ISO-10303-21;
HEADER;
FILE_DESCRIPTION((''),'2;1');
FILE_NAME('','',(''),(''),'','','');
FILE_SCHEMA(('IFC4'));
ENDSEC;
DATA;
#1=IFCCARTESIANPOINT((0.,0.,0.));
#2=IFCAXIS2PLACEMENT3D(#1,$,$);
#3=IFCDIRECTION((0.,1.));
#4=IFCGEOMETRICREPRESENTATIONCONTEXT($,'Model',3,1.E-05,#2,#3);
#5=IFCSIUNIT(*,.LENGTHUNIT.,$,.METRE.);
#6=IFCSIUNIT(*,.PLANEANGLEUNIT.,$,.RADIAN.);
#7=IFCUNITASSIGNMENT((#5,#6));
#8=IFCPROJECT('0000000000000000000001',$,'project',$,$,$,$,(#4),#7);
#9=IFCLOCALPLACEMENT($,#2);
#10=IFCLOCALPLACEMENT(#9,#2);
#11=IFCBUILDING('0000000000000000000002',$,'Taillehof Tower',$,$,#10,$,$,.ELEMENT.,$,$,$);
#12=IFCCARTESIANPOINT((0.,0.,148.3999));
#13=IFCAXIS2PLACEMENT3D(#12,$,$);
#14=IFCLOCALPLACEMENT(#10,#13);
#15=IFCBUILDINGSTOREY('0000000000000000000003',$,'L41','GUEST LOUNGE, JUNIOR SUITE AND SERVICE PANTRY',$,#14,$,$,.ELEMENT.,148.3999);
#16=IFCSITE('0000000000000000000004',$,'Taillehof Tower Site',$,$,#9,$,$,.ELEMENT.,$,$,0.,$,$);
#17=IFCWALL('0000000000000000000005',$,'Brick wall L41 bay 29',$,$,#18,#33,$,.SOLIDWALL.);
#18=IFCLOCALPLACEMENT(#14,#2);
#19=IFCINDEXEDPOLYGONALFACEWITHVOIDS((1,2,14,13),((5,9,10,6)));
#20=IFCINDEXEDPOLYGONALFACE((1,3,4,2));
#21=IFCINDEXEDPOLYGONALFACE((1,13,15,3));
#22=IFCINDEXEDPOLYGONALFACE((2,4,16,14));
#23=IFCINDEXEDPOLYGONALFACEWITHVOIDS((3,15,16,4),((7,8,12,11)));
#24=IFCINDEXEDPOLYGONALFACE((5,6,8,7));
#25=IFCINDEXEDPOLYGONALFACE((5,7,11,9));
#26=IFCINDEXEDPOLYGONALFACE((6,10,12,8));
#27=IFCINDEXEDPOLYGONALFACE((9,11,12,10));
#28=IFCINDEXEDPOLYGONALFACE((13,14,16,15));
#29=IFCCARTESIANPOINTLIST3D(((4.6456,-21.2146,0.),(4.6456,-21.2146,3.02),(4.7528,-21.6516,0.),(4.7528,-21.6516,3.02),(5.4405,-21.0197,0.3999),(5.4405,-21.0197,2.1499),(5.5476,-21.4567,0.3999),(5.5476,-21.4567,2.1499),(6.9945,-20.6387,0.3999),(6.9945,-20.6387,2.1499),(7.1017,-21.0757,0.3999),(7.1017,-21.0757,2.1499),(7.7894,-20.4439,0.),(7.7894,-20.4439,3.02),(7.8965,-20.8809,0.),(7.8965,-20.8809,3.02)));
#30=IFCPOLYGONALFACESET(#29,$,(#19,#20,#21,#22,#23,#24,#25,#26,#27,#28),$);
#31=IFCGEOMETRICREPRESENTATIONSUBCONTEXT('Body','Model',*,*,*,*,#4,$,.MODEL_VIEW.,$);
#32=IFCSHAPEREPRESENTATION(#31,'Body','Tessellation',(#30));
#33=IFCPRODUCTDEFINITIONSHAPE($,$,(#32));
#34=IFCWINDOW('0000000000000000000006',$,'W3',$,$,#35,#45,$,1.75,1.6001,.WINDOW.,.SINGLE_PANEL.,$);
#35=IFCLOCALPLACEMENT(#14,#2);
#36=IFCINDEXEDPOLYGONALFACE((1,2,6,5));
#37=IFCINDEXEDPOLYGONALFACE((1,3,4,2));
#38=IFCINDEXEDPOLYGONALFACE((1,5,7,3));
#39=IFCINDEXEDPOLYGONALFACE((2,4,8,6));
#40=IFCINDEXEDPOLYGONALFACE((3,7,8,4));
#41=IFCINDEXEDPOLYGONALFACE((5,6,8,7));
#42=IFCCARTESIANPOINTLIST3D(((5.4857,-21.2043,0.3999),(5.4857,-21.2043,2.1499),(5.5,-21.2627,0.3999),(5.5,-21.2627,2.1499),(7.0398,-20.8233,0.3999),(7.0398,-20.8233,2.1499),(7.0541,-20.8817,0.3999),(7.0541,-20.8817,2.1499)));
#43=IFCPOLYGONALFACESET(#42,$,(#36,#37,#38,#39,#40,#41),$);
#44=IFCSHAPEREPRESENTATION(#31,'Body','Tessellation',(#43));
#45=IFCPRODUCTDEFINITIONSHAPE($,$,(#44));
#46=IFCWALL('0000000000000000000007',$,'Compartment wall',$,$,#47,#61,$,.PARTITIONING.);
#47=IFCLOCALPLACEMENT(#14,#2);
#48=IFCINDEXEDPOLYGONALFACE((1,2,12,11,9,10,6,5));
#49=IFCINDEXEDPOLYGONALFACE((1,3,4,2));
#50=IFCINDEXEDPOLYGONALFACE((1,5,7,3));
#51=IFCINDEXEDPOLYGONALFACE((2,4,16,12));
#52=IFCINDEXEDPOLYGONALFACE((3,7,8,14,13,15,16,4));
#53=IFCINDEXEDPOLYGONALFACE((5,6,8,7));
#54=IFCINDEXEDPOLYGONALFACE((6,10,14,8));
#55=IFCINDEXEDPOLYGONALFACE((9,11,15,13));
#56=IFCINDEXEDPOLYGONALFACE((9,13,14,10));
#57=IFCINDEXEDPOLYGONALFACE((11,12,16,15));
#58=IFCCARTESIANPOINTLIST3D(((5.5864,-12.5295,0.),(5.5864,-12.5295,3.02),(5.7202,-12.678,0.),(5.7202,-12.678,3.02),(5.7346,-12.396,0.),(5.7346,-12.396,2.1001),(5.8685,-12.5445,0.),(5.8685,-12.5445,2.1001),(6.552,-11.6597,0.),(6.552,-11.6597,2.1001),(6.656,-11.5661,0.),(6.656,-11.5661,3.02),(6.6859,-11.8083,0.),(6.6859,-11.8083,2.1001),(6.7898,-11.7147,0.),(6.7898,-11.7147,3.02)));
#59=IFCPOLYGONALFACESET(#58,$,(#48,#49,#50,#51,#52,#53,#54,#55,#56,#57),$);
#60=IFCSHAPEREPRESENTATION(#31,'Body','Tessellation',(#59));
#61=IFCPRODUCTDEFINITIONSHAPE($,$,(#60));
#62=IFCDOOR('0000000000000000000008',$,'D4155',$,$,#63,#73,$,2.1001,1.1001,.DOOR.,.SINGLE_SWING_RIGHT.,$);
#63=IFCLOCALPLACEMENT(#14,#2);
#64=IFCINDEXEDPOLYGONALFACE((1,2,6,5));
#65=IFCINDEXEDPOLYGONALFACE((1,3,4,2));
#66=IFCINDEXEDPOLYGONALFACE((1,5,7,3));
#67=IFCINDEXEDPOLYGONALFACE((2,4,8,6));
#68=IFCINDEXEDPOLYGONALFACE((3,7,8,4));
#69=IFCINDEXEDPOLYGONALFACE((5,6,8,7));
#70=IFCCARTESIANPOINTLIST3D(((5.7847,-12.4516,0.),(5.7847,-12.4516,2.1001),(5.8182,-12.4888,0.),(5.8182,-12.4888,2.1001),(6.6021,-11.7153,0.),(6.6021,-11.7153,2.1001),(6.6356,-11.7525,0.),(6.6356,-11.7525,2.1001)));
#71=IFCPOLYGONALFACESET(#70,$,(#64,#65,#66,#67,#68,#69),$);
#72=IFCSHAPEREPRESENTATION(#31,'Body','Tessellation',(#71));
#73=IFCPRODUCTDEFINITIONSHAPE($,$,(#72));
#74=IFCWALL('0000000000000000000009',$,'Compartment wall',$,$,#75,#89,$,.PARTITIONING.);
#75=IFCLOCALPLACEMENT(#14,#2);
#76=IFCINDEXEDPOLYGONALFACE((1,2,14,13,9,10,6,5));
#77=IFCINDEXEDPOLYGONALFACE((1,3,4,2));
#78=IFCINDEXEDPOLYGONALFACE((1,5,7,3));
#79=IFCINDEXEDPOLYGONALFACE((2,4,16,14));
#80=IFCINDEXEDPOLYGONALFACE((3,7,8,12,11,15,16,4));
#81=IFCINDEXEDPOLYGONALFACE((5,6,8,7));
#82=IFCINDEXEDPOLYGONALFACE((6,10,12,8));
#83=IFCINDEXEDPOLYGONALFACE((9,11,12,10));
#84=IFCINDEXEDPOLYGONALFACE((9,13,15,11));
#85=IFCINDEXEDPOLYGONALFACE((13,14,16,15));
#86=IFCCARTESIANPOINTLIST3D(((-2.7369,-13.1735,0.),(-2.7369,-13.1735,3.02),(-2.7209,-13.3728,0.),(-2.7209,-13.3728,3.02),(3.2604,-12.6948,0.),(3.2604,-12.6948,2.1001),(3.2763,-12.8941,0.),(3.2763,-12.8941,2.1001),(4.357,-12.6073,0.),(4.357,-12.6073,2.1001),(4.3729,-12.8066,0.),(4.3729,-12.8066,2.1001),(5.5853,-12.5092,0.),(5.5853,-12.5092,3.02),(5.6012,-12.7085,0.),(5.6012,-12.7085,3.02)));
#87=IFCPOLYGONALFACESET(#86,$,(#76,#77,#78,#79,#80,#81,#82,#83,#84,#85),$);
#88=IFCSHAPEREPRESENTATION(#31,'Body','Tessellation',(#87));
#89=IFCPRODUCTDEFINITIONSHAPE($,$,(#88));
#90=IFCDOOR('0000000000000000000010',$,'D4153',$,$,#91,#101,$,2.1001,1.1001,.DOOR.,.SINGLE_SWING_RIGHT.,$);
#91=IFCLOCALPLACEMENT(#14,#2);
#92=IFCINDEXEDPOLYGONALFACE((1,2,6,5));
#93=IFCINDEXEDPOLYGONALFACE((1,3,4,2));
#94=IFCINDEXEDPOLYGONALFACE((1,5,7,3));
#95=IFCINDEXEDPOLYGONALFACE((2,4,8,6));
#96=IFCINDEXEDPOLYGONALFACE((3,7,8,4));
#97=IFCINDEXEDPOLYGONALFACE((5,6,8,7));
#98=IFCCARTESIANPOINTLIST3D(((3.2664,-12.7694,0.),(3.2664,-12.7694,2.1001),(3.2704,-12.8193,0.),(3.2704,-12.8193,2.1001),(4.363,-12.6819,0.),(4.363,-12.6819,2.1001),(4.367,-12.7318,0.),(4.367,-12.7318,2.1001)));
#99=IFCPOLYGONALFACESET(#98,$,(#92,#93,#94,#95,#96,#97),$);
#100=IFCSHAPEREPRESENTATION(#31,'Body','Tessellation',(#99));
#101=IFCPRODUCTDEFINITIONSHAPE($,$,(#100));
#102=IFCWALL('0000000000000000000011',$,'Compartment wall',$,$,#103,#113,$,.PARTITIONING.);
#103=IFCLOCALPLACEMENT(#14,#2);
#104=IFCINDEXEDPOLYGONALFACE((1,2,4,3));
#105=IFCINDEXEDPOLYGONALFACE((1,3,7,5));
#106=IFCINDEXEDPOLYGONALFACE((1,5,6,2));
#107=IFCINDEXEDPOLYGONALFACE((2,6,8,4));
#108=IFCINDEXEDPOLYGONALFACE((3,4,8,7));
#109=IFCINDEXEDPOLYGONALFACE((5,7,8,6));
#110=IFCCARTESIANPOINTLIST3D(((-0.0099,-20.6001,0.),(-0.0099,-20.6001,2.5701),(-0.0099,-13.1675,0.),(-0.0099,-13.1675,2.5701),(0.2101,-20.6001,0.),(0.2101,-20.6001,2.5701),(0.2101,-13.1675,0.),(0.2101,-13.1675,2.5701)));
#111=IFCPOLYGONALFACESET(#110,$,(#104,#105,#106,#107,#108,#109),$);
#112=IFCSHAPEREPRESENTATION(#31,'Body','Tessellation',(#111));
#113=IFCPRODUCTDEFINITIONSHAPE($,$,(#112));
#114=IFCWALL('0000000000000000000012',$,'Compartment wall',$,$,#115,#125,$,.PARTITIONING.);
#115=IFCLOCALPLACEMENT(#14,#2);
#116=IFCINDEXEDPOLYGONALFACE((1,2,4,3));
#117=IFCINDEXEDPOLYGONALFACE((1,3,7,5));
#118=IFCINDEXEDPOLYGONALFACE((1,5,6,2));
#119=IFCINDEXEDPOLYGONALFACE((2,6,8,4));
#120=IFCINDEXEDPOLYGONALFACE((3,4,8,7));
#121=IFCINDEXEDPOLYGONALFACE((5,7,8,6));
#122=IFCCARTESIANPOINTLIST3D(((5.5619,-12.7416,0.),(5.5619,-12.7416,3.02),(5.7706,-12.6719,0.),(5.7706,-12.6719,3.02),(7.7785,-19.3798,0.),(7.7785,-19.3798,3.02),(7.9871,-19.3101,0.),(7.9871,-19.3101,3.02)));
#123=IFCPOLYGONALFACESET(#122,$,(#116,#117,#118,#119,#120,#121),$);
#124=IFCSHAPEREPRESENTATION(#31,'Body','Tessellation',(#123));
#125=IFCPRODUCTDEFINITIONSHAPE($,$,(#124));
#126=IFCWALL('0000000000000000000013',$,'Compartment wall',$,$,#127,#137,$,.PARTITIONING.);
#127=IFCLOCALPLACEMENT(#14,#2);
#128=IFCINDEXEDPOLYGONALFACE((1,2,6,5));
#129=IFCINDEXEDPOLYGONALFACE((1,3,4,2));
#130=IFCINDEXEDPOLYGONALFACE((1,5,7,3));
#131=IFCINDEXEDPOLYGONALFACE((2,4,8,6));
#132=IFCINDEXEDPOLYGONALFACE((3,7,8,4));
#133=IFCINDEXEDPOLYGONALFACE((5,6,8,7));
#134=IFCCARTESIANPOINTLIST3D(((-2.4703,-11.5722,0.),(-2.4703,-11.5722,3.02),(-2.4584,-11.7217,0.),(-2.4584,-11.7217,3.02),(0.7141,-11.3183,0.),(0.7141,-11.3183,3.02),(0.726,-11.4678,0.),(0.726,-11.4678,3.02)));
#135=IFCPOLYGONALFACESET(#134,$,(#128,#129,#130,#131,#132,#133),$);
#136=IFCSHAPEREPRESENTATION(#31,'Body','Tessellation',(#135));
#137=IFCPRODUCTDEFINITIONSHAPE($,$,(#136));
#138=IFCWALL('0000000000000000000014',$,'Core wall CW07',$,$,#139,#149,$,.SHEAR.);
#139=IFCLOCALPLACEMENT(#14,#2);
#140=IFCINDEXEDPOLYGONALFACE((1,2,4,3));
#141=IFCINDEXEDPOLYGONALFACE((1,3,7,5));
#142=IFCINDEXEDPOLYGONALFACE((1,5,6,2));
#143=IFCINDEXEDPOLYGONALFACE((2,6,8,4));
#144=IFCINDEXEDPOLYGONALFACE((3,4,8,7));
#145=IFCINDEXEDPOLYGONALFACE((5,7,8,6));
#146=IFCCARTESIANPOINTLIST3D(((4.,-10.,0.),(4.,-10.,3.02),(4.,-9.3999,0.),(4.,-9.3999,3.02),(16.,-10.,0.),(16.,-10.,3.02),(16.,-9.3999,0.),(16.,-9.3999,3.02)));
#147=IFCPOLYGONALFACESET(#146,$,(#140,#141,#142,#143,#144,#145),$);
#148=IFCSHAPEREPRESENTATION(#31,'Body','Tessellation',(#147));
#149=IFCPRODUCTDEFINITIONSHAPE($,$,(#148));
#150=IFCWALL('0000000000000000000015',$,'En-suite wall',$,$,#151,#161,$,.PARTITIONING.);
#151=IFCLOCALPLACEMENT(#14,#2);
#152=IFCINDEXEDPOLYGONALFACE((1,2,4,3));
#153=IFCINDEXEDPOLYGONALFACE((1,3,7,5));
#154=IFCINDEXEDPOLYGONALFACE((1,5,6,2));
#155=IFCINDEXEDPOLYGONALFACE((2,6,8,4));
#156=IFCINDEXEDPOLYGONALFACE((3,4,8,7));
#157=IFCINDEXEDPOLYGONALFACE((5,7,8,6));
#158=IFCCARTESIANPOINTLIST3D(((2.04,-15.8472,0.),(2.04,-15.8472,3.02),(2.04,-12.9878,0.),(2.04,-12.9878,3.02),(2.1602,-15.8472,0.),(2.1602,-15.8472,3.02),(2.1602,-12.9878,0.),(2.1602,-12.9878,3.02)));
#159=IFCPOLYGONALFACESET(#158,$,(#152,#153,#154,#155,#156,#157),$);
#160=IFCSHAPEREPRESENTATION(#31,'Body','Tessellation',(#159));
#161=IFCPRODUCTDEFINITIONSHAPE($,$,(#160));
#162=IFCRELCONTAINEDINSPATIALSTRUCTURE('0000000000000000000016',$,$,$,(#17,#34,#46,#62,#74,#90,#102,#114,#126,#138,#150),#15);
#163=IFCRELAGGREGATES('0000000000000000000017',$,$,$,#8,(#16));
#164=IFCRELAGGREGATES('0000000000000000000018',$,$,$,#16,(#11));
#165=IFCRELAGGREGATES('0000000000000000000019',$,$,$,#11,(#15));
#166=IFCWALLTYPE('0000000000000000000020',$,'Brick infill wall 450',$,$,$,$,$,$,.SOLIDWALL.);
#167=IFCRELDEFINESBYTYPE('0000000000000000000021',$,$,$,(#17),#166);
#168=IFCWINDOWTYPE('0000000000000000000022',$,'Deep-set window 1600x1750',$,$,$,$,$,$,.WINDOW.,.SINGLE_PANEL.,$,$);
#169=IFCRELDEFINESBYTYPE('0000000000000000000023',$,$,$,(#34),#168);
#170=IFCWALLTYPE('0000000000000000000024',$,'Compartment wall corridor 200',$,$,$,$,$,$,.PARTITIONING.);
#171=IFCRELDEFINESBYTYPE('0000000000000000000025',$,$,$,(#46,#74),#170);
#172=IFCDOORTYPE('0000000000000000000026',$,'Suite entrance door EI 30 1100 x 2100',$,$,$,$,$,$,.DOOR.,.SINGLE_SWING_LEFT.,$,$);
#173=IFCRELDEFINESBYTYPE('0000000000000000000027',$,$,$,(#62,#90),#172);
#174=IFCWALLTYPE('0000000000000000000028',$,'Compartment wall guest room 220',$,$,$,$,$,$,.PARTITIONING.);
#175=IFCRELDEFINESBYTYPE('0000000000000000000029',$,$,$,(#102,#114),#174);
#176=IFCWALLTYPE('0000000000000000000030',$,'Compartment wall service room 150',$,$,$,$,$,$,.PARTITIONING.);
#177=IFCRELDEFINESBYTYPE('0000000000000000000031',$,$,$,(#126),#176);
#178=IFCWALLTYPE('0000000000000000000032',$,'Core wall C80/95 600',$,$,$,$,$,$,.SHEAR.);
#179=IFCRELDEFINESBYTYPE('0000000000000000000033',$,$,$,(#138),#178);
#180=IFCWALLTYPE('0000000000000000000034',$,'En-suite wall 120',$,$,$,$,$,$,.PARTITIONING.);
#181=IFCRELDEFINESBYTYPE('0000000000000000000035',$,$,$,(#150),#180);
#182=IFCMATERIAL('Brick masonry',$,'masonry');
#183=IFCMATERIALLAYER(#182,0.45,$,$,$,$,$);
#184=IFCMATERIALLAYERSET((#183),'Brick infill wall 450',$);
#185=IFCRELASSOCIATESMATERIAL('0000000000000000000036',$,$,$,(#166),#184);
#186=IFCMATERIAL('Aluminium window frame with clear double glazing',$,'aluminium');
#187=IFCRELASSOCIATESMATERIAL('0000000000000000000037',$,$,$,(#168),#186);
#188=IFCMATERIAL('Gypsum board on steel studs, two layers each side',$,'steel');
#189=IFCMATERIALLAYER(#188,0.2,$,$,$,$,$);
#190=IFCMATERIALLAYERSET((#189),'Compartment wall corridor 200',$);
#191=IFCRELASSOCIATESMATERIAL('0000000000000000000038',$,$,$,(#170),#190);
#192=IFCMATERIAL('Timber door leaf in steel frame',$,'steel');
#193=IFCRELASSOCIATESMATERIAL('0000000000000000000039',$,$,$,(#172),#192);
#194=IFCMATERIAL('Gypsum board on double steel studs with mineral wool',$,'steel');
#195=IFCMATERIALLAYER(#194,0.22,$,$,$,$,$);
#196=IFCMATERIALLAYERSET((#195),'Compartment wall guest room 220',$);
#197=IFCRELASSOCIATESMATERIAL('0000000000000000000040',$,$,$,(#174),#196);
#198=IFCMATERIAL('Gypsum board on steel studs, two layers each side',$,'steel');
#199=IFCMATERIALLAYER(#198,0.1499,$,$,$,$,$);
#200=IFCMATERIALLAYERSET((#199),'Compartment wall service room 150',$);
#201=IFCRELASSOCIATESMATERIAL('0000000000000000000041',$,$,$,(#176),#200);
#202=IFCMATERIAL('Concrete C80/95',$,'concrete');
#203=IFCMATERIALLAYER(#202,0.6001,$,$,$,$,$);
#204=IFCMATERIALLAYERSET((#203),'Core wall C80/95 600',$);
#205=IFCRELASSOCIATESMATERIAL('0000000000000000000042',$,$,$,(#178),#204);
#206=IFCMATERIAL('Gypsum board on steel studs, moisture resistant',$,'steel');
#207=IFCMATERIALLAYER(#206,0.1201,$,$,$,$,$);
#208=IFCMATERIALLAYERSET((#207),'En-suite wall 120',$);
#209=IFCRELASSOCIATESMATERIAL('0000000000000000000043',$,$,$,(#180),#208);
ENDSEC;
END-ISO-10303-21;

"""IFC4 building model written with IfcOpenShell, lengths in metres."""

from ifc_helpers import new_model, si_unit, direction, frame, frame_2d, origin, place, context, subcontext, project, spatial, rectangle, extrude, material, layer, layer_set, type_object, element, fill, save


model = new_model("IFC4")

# Units and contexts
model_context = context("Model", 3, precision=1e-05, world=origin(), true_north=direction((0.0, 1.0)))
body_context = subcontext(model_context, "Body", "Model", "MODEL_VIEW")
ifc_project = project(units=[si_unit("LENGTHUNIT", "METRE"), si_unit("PLANEANGLEUNIT", "RADIAN")], contexts=[model_context])

# Site, building, storey
site_placement = place(None, origin())
site = spatial("IfcSite", under=ifc_project, at=site_placement, Name="Taillehof Tower Site", CompositionType="ELEMENT", RefElevation=0.0)
building_placement = place(site_placement, origin())
building = spatial("IfcBuilding", under=site, at=building_placement, Name="Taillehof Tower", CompositionType="ELEMENT")
storey_placement = place(building_placement, frame((0.0, 0.0, 148.3999)))
storey = spatial("IfcBuildingStorey", under=building, at=storey_placement, Name="L41", Description="GUEST LOUNGE, JUNIOR SUITE AND SERVICE PANTRY", CompositionType="ELEMENT", Elevation=148.3999)

# Wall, opening, window
ifc_material_1 = material(Name="Brick masonry", Category="masonry")
ifc_layer_1 = layer(ifc_material_1, 0.45)
ifc_layer_set_1 = layer_set([ifc_layer_1], Name="Brick infill wall 450")
wall_type_1 = type_object("IfcWallType", Name="Brick infill wall 450", PredefinedType="SOLIDWALL", material=ifc_layer_set_1)
ifc_material_2 = material(Name="Aluminium window frame with clear double glazing", Category="aluminium")
window_type = type_object("IfcWindowType", Name="Deep-set window 1600x1750", PartitioningType="SINGLE_PANEL", PredefinedType="WINDOW", material=ifc_material_2)
wall_1_placement = place(storey_placement, frame((4.6992, -21.4331, 0.0), z_axis=(0.0, 0.0, 1.0), x_axis=(0.971237, 0.238114, 0.0)))
wall_1 = element("IfcWall", 1, at=wall_1_placement, inside=storey, type_object=wall_type_1, Name="Brick wall L41 bay 29", PredefinedType="SOLIDWALL", context=body_context, shape_type="SweptSolid", body=[
    extrude(rectangle(XDim=3.2368, YDim=0.45, at=frame_2d((1.6184, 0.0))), origin(), (0.0, 0.0, 1.0), 3.02),
])
opening_1_placement = place(wall_1_placement, frame((0.8184, 0.0, 0.3999)))
opening_1 = element("IfcOpeningElement", 2, at=opening_1_placement, cuts=wall_1, PredefinedType="OPENING", context=body_context, shape_type="SweptSolid", body=[
    extrude(rectangle(XDim=1.6001, YDim=1.75, at=frame_2d((0.8, 0.875))), frame((0.0, 0.2349, 0.0), z_axis=(0.0, -1.0, 0.0), x_axis=(1.0, 0.0, 0.0)), (0.0, 0.0, 1.0), 0.47),
])
window_1_placement = place(opening_1_placement, origin())
window_1 = element("IfcWindow", 3, at=window_1_placement, inside=storey, type_object=window_type, Name="W3", OverallHeight=1.75, OverallWidth=1.6001, PartitioningType="SINGLE_PANEL", PredefinedType="WINDOW", context=body_context, shape_type="SweptSolid", body=[
    extrude(rectangle(XDim=1.6001, YDim=1.75, at=frame_2d((0.8, 0.875))), frame((0.0, 0.0349, 0.0), z_axis=(0.0, -1.0, 0.0), x_axis=(1.0, 0.0, 0.0)), (0.0, 0.0, 1.0), 0.0601),
])
fill(opening_1, window_1)

# Walls, openings, doors
ifc_material_3 = material(Name="Gypsum board on steel studs, two layers each side", Category="steel")
ifc_layer_2 = layer(ifc_material_3, 0.2)
ifc_layer_set_2 = layer_set([ifc_layer_2], Name="Compartment wall corridor 200")
wall_type_2 = type_object("IfcWallType", Name="Compartment wall corridor 200", PredefinedType="PARTITIONING", material=ifc_layer_set_2)
wall_2_placement = place(storey_placement, frame((6.7229, -11.6404, 0.0), z_axis=(0.0, 0.0, 1.0), x_axis=(-0.743033, -0.669255, 0.0)))
wall_2 = element("IfcWall", 4, at=wall_2_placement, inside=storey, type_object=wall_type_2, Name="Compartment wall", PredefinedType="PARTITIONING", context=body_context, shape_type="SweptSolid", body=[
    extrude(rectangle(XDim=1.4395, YDim=0.2, at=frame_2d((0.7197, 0.0))), origin(), (0.0, 0.0, 1.0), 3.02),
])
opening_2_placement = place(wall_2_placement, frame((0.1399, 0.0, 0.0)))
opening_2 = element("IfcOpeningElement", 5, at=opening_2_placement, cuts=wall_2, PredefinedType="OPENING", context=body_context, shape_type="SweptSolid", body=[
    extrude(rectangle(XDim=1.1001, YDim=2.1001, at=frame_2d((0.55, 1.05))), frame((0.0, 0.1099, 0.0), z_axis=(0.0, -1.0, 0.0), x_axis=(1.0, 0.0, 0.0)), (0.0, 0.0, 1.0), 0.22),
])
ifc_material_4 = material(Name="Timber door leaf in steel frame", Category="steel")
door_type_1 = type_object("IfcDoorType", Name="Suite entrance door EI 30 1100 x 2100", OperationType="SINGLE_SWING_LEFT", PredefinedType="DOOR", material=ifc_material_4)
door_1_placement = place(opening_2_placement, origin())
door_1 = element("IfcDoor", 6, at=door_1_placement, inside=storey, type_object=door_type_1, Name="D4155", OperationType="SINGLE_SWING_RIGHT", OverallHeight=2.1001, OverallWidth=1.1001, PredefinedType="DOOR", context=body_context, shape_type="SweptSolid", body=[
    extrude(rectangle(XDim=1.1001, YDim=2.1001, at=frame_2d((0.55, 1.05))), frame((0.0, 0.0249, 0.0), z_axis=(0.0, -1.0, 0.0), x_axis=(1.0, 0.0, 0.0)), (0.0, 0.0, 1.0), 0.05),
])
fill(opening_2, door_1)
wall_3_placement = place(storey_placement, frame((5.5933, -12.6089, 0.0), z_axis=(0.0, 0.0, 1.0), x_axis=(-0.996829, -0.07957, 0.0)))
wall_3 = element("IfcWall", 7, at=wall_3_placement, inside=storey, type_object=wall_type_2, Name="Compartment wall", PredefinedType="PARTITIONING", context=body_context, shape_type="SweptSolid", body=[
    extrude(rectangle(XDim=8.3486, YDim=0.2, at=frame_2d((4.1743, 0.0))), origin(), (0.0, 0.0, 1.0), 3.02),
])
opening_3_placement = place(wall_3_placement, frame((1.2322, 0.0, 0.0)))
opening_3 = element("IfcOpeningElement", 8, at=opening_3_placement, cuts=wall_3, PredefinedType="OPENING", context=body_context, shape_type="SweptSolid", body=[
    extrude(rectangle(XDim=1.1001, YDim=2.1001, at=frame_2d((0.55, 1.05))), frame((0.0, 0.1099, 0.0), z_axis=(0.0, -1.0, 0.0), x_axis=(1.0, 0.0, 0.0)), (0.0, 0.0, 1.0), 0.22),
])
door_2_placement = place(opening_3_placement, origin())
door_2 = element("IfcDoor", 9, at=door_2_placement, inside=storey, type_object=door_type_1, Name="D4153", OperationType="SINGLE_SWING_RIGHT", OverallHeight=2.1001, OverallWidth=1.1001, PredefinedType="DOOR", context=body_context, shape_type="SweptSolid", body=[
    extrude(rectangle(XDim=1.1001, YDim=2.1001, at=frame_2d((0.55, 1.05))), frame((0.0, 0.0249, 0.0), z_axis=(0.0, -1.0, 0.0), x_axis=(1.0, 0.0, 0.0)), (0.0, 0.0, 1.0), 0.05),
])
fill(opening_3, door_2)

# Walls
ifc_material_5 = material(Name="Gypsum board on double steel studs with mineral wool", Category="steel")
ifc_layer_3 = layer(ifc_material_5, 0.22)
ifc_layer_set_3 = layer_set([ifc_layer_3], Name="Compartment wall guest room 220")
wall_type_3 = type_object("IfcWallType", Name="Compartment wall guest room 220", PredefinedType="PARTITIONING", material=ifc_layer_set_3)
wall_4_placement = place(storey_placement, frame((0.1001, -20.6001, 0.0), z_axis=(0.0, 0.0, 1.0), x_axis=(0.0, 1.0, 0.0)))
element("IfcWall", 10, at=wall_4_placement, inside=storey, type_object=wall_type_3, Name="Compartment wall", PredefinedType="PARTITIONING", context=body_context, shape_type="SweptSolid", body=[
    extrude(rectangle(XDim=7.4326, YDim=0.22, at=frame_2d((3.7163, 0.0))), origin(), (0.0, 0.0, 1.0), 2.5701),
])
wall_5_placement = place(storey_placement, frame((7.8828, -19.345, 0.0), z_axis=(0.0, 0.0, 1.0), x_axis=(-0.31672, 0.948519, 0.0)))
element("IfcWall", 11, at=wall_5_placement, inside=storey, type_object=wall_type_3, Name="Compartment wall", PredefinedType="PARTITIONING", context=body_context, shape_type="SweptSolid", body=[
    extrude(rectangle(XDim=6.9985, YDim=0.22, at=frame_2d((3.4993, 0.0))), origin(), (0.0, 0.0, 1.0), 3.02),
])
ifc_material_6 = material(Name="Gypsum board on steel studs, two layers each side", Category="steel")
ifc_layer_4 = layer(ifc_material_6, 0.1499)
ifc_layer_set_4 = layer_set([ifc_layer_4], Name="Compartment wall service room 150")
wall_type_4 = type_object("IfcWallType", Name="Compartment wall service room 150", PredefinedType="PARTITIONING", material=ifc_layer_set_4)
wall_6_placement = place(storey_placement, frame((0.72, -11.3931, 0.0), z_axis=(0.0, 0.0, 1.0), x_axis=(-0.996837, -0.079478, 0.0)))
element("IfcWall", 12, at=wall_6_placement, inside=storey, type_object=wall_type_4, Name="Compartment wall", PredefinedType="PARTITIONING", context=body_context, shape_type="SweptSolid", body=[
    extrude(rectangle(XDim=3.1946, YDim=0.1499, at=frame_2d((1.5972, 0.0))), origin(), (0.0, 0.0, 1.0), 3.02),
])
ifc_material_7 = material(Name="Concrete C80/95", Category="concrete")
ifc_layer_5 = layer(ifc_material_7, 0.6001)
ifc_layer_set_5 = layer_set([ifc_layer_5], Name="Core wall C80/95 600")
wall_type_5 = type_object("IfcWallType", Name="Core wall C80/95 600", PredefinedType="SHEAR", material=ifc_layer_set_5)
wall_7_placement = place(storey_placement, frame((4.0, -9.7, 0.0), z_axis=(0.0, 0.0, 1.0), x_axis=(1.0, 0.0, 0.0)))
element("IfcWall", 13, at=wall_7_placement, inside=storey, type_object=wall_type_5, Name="Core wall CW07", PredefinedType="SHEAR", context=body_context, shape_type="SweptSolid", body=[
    extrude(rectangle(XDim=12.0, YDim=0.6001, at=frame_2d((6.0, 0.0))), origin(), (0.0, 0.0, 1.0), 3.02),
])
ifc_material_8 = material(Name="Gypsum board on steel studs, moisture resistant", Category="steel")
ifc_layer_6 = layer(ifc_material_8, 0.1201)
ifc_layer_set_6 = layer_set([ifc_layer_6], Name="En-suite wall 120")
wall_type_6 = type_object("IfcWallType", Name="En-suite wall 120", PredefinedType="PARTITIONING", material=ifc_layer_set_6)
wall_8_placement = place(storey_placement, frame((2.1001, -12.9878, 0.0), z_axis=(0.0, 0.0, 1.0), x_axis=(0.0, -1.0, 0.0)))
element("IfcWall", 14, at=wall_8_placement, inside=storey, type_object=wall_type_6, Name="En-suite wall", PredefinedType="PARTITIONING", context=body_context, shape_type="SweptSolid", body=[
    extrude(rectangle(XDim=2.8594, YDim=0.1201, at=frame_2d((1.4297, 0.0))), origin(), (0.0, 0.0, 1.0), 3.02),
])

save(model, "model.ifc")
